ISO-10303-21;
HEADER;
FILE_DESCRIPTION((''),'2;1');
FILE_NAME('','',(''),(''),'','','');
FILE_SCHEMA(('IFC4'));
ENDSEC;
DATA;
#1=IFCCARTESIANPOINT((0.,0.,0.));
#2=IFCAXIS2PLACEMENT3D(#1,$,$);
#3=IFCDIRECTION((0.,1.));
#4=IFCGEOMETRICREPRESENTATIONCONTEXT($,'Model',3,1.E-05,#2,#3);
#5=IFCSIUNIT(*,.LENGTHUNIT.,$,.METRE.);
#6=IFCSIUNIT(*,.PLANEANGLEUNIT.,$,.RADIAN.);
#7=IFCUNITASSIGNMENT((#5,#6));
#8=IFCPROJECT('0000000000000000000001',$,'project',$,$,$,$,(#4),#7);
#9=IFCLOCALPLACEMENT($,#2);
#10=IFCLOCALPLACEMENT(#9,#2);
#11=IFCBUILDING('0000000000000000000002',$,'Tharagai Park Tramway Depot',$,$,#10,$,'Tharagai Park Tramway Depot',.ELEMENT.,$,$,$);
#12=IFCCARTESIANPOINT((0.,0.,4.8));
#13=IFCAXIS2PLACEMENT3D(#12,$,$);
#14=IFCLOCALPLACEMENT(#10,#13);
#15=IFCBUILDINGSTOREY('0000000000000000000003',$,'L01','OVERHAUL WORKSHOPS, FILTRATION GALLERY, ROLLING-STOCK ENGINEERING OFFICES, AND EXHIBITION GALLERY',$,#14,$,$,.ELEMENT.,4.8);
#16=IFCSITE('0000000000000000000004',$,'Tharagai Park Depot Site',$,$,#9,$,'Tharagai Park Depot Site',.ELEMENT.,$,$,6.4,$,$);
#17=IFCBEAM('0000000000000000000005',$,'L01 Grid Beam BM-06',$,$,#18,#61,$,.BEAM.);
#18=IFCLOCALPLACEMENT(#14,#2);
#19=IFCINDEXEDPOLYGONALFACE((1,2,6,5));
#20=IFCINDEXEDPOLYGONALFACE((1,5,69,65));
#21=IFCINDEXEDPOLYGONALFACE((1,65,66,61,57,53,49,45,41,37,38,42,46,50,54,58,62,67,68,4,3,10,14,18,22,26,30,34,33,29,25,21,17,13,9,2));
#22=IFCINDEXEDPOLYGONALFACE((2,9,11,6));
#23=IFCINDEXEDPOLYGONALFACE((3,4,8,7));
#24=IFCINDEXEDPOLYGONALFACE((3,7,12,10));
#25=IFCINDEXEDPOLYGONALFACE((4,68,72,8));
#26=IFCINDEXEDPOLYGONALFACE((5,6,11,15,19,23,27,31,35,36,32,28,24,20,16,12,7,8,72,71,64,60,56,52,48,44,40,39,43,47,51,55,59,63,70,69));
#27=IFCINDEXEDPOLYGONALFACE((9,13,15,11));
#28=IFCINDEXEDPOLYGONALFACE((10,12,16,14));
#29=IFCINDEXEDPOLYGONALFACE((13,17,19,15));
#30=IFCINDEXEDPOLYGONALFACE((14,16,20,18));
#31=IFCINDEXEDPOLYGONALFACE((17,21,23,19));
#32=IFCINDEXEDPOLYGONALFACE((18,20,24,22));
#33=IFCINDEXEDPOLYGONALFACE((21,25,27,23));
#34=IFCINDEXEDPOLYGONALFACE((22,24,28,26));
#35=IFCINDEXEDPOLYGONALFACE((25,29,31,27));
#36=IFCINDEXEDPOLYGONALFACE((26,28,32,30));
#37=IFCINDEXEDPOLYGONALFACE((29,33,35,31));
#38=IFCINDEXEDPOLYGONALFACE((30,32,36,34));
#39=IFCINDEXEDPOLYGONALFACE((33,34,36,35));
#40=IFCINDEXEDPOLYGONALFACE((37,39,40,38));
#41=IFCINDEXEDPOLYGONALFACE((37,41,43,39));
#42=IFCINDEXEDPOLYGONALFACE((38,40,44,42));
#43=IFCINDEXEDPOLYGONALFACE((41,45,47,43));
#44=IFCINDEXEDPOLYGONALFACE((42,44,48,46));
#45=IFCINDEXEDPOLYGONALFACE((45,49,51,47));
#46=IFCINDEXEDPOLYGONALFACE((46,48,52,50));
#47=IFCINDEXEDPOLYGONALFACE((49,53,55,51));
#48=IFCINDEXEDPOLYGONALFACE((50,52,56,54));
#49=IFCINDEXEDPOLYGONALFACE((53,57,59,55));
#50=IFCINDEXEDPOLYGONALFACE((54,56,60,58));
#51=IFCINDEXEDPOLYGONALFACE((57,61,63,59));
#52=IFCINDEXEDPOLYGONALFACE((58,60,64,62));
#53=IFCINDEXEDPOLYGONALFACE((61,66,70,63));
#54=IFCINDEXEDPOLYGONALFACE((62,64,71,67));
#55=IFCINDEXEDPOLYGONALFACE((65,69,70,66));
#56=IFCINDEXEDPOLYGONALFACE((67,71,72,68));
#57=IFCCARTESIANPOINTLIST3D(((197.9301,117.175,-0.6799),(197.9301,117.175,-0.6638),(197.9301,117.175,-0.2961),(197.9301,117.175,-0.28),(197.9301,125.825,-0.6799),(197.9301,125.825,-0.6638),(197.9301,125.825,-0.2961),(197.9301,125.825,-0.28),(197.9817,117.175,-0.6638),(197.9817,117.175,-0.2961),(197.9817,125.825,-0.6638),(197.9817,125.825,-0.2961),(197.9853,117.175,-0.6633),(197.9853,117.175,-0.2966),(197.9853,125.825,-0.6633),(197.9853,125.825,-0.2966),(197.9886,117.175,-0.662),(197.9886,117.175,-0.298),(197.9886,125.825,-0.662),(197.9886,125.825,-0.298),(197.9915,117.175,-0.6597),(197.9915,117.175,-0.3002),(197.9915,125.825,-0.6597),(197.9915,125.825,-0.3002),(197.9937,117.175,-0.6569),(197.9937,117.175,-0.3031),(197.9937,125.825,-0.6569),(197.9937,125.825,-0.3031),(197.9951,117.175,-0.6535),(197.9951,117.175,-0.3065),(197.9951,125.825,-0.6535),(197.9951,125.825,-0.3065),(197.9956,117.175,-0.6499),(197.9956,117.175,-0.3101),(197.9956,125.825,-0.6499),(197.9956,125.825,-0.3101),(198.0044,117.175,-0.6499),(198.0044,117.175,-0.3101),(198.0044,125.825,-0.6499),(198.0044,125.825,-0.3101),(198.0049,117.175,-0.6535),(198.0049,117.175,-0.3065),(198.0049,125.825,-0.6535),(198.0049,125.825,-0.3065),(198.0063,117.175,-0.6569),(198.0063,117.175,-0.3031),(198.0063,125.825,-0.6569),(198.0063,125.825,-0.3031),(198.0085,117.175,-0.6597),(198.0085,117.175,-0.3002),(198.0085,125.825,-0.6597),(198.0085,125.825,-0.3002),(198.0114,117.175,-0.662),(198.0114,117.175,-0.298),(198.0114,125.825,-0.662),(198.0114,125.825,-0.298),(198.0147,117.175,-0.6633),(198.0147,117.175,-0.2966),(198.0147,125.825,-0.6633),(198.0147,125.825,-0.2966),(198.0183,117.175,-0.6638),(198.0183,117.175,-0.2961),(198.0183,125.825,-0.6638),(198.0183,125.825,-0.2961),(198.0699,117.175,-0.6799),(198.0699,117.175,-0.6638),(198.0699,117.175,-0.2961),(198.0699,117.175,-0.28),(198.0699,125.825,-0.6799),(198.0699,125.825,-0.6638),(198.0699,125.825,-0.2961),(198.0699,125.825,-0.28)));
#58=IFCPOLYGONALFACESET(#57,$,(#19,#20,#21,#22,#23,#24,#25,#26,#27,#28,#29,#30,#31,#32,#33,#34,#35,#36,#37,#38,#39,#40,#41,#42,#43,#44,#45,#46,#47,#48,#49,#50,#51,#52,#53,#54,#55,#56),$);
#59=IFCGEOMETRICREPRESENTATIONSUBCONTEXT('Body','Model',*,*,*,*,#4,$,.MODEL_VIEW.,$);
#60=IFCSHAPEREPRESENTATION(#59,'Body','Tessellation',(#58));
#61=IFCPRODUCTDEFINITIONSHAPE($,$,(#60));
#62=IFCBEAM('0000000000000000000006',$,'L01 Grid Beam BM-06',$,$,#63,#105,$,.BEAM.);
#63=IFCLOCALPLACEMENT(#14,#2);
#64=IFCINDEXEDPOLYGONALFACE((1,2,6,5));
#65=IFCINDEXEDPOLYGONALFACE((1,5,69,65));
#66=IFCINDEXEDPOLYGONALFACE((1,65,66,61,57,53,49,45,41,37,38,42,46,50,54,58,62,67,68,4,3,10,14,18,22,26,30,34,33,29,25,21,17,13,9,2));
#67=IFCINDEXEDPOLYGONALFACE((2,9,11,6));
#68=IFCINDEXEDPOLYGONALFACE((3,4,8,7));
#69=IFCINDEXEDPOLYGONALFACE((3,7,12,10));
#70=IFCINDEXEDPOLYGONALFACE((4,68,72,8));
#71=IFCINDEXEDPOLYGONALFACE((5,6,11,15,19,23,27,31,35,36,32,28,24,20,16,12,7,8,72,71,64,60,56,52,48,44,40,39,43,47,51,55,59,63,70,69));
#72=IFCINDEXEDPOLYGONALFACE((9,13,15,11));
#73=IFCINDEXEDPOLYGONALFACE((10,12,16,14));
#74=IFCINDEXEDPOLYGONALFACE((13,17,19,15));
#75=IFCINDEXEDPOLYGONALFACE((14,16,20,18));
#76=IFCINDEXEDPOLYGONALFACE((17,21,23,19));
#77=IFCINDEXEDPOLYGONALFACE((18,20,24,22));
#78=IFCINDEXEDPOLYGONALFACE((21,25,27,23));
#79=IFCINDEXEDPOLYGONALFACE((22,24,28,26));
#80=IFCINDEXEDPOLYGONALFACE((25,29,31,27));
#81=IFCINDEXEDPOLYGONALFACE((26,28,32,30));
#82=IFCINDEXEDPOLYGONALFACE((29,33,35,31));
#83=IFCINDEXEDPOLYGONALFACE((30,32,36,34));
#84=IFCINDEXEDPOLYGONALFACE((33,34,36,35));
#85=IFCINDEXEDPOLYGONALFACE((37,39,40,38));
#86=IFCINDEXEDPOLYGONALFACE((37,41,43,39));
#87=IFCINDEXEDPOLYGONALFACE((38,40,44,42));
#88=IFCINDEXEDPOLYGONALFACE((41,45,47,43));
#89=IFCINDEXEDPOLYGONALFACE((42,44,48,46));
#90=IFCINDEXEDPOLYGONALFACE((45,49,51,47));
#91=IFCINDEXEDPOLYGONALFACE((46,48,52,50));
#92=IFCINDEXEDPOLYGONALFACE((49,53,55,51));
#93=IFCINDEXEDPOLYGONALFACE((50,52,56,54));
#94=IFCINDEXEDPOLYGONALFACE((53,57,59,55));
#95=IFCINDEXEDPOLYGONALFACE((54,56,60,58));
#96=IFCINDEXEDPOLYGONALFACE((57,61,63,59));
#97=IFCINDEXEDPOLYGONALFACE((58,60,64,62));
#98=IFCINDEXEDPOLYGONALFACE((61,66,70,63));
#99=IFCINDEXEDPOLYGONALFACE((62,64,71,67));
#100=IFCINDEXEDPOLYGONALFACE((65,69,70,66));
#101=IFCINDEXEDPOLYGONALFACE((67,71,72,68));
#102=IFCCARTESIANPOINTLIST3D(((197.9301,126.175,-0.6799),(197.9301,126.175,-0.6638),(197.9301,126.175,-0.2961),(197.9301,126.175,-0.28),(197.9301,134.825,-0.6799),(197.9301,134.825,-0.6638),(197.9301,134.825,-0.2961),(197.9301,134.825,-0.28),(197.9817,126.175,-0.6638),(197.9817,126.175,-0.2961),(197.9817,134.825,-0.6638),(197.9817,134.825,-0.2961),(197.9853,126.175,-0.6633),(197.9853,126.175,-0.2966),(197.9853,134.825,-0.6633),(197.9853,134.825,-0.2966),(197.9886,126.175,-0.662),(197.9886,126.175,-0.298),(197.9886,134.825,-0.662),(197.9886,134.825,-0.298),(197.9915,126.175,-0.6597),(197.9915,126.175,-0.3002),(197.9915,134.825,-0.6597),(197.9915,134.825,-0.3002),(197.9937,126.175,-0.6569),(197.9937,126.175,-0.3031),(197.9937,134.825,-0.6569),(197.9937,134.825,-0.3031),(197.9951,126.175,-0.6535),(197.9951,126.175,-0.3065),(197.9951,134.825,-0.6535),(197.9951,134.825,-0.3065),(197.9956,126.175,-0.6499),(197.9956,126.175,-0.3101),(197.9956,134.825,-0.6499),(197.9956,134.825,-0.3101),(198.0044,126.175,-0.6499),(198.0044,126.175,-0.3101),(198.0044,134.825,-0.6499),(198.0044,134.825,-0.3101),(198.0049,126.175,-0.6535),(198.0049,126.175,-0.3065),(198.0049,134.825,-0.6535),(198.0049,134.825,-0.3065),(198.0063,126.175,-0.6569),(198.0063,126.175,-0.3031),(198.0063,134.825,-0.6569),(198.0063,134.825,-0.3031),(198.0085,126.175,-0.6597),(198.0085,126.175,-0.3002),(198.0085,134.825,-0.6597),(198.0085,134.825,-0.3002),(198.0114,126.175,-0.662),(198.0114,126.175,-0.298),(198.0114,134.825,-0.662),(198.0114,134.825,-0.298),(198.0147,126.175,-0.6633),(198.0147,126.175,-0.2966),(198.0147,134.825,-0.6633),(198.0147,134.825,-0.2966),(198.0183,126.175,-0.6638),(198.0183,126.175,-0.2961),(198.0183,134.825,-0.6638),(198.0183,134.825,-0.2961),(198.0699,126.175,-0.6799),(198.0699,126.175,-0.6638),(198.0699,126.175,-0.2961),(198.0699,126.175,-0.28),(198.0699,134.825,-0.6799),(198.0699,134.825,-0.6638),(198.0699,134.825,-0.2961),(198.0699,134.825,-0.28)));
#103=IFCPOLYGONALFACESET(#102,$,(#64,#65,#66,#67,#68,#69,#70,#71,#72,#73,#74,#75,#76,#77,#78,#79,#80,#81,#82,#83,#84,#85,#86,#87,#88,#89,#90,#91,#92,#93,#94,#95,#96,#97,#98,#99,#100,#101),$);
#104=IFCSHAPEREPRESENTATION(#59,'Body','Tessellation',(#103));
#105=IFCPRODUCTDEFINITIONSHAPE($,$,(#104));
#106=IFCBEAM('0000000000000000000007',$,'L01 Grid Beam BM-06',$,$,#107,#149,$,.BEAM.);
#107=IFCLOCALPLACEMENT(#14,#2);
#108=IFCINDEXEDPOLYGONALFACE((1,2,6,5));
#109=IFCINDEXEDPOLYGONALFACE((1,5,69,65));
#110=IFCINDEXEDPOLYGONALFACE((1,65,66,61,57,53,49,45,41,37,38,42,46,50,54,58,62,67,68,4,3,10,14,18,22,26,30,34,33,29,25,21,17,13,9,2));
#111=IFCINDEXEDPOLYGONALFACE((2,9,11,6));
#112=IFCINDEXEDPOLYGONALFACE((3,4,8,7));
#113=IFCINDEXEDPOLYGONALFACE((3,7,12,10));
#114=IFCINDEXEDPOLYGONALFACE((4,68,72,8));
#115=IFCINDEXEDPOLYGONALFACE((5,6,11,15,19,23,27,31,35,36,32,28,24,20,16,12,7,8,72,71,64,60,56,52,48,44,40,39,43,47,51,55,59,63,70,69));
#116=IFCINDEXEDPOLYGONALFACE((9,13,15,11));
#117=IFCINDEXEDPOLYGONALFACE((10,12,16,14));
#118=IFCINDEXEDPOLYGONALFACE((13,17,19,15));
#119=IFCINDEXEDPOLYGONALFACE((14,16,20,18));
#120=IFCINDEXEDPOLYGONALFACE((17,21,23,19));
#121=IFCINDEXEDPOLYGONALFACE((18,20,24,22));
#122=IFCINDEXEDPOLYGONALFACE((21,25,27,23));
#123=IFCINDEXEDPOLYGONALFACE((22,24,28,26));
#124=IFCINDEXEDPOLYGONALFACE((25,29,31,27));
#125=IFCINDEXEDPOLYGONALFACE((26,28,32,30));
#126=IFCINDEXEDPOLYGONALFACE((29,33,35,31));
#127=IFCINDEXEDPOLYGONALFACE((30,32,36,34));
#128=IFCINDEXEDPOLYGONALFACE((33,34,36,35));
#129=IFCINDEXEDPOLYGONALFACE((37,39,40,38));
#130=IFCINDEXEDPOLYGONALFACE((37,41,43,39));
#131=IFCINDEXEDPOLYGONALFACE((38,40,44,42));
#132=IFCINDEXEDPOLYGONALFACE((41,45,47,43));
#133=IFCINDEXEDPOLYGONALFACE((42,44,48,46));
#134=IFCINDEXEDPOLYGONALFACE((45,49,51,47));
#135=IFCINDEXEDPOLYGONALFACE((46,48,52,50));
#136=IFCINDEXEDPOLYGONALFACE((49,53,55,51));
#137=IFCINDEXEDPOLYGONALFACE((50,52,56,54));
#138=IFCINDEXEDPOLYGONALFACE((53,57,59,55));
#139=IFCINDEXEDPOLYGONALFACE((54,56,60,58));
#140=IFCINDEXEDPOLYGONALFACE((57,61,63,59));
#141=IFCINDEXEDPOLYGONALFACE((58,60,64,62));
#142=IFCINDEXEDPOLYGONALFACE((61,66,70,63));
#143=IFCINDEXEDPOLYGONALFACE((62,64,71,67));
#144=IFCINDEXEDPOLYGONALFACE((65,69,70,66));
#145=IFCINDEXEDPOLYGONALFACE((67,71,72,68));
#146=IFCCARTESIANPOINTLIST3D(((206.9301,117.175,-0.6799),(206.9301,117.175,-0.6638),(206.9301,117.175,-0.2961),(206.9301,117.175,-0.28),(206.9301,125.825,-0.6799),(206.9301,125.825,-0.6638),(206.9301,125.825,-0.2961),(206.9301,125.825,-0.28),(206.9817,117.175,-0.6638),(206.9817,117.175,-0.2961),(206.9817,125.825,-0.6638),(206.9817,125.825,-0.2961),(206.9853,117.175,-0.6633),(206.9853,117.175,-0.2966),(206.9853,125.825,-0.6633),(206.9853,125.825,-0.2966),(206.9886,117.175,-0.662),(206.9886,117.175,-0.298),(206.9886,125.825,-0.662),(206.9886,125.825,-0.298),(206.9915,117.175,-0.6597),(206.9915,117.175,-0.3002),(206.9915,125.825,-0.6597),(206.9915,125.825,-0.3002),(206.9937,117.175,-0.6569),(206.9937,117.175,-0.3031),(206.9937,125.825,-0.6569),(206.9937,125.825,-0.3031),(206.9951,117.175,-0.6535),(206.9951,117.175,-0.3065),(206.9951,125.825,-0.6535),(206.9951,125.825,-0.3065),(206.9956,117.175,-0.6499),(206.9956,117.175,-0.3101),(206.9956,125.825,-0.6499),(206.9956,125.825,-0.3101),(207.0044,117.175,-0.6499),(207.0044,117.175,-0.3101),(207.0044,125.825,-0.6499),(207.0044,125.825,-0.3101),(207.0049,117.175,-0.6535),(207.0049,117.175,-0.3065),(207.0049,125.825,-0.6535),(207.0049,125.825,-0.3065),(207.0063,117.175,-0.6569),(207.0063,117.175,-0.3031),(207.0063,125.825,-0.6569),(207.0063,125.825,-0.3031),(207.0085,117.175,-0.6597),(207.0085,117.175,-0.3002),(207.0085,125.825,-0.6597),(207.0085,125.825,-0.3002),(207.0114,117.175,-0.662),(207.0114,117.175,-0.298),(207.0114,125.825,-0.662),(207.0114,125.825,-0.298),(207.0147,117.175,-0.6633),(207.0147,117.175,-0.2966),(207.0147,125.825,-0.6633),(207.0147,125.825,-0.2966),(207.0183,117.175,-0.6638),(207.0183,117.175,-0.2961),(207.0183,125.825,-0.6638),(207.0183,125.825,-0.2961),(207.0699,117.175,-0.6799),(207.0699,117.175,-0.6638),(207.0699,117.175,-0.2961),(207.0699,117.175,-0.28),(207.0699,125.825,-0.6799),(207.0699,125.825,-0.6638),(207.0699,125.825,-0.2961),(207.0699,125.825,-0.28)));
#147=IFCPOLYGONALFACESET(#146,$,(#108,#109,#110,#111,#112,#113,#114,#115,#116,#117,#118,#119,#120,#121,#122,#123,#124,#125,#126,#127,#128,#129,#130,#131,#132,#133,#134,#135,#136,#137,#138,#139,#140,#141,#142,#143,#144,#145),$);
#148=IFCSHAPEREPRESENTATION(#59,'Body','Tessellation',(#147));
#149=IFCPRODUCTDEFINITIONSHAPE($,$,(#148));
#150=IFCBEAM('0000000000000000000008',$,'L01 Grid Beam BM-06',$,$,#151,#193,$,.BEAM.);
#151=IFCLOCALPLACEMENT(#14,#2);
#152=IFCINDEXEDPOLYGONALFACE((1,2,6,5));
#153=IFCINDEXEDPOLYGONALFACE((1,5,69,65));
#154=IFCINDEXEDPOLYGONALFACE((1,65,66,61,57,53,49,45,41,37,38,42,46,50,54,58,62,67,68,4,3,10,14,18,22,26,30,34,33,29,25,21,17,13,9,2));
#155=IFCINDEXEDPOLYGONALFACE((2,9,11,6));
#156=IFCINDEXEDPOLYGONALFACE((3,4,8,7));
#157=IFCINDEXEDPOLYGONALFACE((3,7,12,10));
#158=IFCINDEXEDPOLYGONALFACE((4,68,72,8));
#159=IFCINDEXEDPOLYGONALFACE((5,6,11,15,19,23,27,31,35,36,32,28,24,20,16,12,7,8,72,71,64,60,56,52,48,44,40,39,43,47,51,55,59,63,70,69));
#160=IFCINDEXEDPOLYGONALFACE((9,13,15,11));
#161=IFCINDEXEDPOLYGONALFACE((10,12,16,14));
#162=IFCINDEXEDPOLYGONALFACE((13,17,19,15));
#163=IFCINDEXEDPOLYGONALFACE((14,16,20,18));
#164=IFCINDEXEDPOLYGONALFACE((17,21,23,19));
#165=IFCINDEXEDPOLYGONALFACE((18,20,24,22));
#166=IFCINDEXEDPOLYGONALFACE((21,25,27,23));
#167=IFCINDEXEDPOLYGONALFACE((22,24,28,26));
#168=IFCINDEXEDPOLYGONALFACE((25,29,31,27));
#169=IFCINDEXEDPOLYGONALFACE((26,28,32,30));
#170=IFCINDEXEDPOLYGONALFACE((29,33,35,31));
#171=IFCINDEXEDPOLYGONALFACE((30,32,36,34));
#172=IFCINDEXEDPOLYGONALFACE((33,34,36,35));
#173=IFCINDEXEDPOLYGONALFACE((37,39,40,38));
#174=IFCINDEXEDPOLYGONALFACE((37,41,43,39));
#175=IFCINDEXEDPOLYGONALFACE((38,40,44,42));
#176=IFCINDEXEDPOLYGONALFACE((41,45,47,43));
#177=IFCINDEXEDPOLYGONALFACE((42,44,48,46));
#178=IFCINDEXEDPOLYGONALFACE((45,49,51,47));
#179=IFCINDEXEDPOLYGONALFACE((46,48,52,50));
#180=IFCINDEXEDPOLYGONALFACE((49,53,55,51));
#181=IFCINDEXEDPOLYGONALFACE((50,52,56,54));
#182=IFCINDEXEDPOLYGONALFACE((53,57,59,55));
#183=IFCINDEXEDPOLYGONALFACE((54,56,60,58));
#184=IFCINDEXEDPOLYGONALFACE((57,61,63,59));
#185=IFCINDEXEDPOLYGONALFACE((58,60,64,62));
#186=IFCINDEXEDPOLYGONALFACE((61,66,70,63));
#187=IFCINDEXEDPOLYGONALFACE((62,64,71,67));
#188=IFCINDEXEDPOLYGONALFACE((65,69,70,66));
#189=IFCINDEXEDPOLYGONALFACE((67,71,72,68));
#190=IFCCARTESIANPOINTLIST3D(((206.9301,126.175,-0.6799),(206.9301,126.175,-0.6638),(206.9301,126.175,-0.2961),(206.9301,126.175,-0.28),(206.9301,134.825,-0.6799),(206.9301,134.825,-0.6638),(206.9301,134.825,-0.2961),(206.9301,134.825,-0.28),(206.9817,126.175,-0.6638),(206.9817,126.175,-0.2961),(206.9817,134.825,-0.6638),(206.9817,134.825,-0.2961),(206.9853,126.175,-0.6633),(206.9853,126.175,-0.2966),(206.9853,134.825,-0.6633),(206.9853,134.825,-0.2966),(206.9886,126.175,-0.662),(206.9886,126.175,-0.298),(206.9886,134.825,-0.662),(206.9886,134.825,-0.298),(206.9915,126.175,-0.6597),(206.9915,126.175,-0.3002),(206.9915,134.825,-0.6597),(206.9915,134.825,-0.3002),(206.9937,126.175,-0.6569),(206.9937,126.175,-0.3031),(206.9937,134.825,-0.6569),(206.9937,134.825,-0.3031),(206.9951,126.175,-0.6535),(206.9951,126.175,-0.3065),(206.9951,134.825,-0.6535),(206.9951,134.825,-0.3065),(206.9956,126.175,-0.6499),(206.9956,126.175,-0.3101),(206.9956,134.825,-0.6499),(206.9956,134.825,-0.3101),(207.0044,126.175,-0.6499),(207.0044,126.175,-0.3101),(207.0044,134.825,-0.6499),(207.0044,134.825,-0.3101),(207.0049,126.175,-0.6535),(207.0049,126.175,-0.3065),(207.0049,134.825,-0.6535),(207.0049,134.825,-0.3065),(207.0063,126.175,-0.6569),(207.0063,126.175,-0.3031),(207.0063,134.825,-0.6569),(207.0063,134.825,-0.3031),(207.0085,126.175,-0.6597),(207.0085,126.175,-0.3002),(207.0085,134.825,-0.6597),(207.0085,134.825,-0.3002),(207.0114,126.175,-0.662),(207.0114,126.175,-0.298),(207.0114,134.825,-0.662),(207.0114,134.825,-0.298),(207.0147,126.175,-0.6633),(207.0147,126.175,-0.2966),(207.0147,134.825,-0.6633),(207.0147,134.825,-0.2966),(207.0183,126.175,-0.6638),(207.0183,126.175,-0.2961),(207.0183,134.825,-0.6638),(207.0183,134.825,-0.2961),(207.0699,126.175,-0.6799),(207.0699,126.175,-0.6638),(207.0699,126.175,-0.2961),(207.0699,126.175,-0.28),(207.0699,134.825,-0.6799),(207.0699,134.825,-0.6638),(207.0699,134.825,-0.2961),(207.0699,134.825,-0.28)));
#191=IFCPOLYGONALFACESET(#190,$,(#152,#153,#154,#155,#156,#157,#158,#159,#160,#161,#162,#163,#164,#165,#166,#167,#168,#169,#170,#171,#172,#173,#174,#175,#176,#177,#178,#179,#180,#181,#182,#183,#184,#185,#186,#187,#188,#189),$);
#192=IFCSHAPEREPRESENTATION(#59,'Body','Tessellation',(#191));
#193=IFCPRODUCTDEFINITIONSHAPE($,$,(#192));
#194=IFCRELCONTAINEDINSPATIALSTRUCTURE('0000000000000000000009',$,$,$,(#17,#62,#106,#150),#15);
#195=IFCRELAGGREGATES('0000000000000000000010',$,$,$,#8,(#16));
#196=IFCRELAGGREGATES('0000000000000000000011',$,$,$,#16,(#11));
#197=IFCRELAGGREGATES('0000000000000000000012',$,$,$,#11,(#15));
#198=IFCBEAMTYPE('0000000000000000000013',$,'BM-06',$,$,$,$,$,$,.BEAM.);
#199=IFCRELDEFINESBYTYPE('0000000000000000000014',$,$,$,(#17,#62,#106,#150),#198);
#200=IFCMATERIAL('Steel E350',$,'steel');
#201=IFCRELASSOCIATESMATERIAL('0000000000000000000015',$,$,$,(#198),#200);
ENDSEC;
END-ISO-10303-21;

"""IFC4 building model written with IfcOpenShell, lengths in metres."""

from ifc_helpers import new_model, si_unit, direction, frame, origin, origin_2d, place, context, subcontext, project, spatial, i_section, extrude, material, material_profile, profile_set, type_object, element, save


model = new_model("IFC4")

# Units and contexts
model_context = context("Model", 3, precision=1e-05, world=origin(), true_north=direction((0.0, 1.0)))
body_context = subcontext(model_context, "Body", "Model", "MODEL_VIEW")
ifc_project = project(units=[si_unit("LENGTHUNIT", "METRE"), si_unit("PLANEANGLEUNIT", "RADIAN")], contexts=[model_context])

# Site, building, storey
site_placement = place(None, origin())
site = spatial("IfcSite", under=ifc_project, at=site_placement, Name="Tharagai Park Depot Site", LongName="Tharagai Park Depot Site", CompositionType="ELEMENT", RefElevation=6.4)
building_placement = place(site_placement, origin())
building = spatial("IfcBuilding", under=site, at=building_placement, Name="Tharagai Park Tramway Depot", LongName="Tharagai Park Tramway Depot", CompositionType="ELEMENT")
storey_placement = place(building_placement, frame((0.0, 0.0, 4.8)))
storey = spatial("IfcBuildingStorey", under=building, at=storey_placement, Name="L01", Description="OVERHAUL WORKSHOPS, FILTRATION GALLERY, ROLLING-STOCK ENGINEERING OFFICES, AND EXHIBITION GALLERY", CompositionType="ELEMENT", Elevation=4.8)

# Shared definitions
ifc_material_1 = material(Name="Steel E350", Category="steel")

# Beams
ifc_material_profile_1 = material_profile(ifc_material_1, i_section(OverallWidth=0.1399, OverallDepth=0.3999, WebThickness=0.0088, FlangeThickness=0.0161, FilletRadius=0.0139, at=origin_2d()), Name="ISMB 400")
ifc_profile_set_1 = profile_set([ifc_material_profile_1], Name="Steel E350")
beam_type_1 = type_object("IfcBeamType", Name="BM-06", PredefinedType="BEAM", material=ifc_profile_set_1)
for number, where, z_axis, x_axis, name in (
    (1, (198.0, 117.175, -0.48), (0.0, 1.0, 0.0), (-1.0, 0.0, 0.0), "L01 Grid Beam BM-06"),
    (2, (198.0, 126.175, -0.48), (0.0, 1.0, 0.0), (-1.0, 0.0, 0.0), "L01 Grid Beam BM-06"),
    (3, (207.0, 117.175, -0.48), (0.0, 1.0, 0.0), (-1.0, 0.0, 0.0), "L01 Grid Beam BM-06"),
    (4, (207.0, 126.175, -0.48), (0.0, 1.0, 0.0), (-1.0, 0.0, 0.0), "L01 Grid Beam BM-06"),
):
    element("IfcBeam", number, at=place(storey_placement, frame(where, z_axis=z_axis, x_axis=x_axis)), inside=storey, type_object=beam_type_1, Name=name, PredefinedType="BEAM", context=body_context, shape_type="SweptSolid", body=[
        extrude(i_section(OverallWidth=0.1399, OverallDepth=0.3999, WebThickness=0.0088, FlangeThickness=0.0161, FilletRadius=0.0139, at=origin_2d()), origin(), (0.0, 0.0, 1.0), 8.6499),
    ])

save(model, "model.ifc")
